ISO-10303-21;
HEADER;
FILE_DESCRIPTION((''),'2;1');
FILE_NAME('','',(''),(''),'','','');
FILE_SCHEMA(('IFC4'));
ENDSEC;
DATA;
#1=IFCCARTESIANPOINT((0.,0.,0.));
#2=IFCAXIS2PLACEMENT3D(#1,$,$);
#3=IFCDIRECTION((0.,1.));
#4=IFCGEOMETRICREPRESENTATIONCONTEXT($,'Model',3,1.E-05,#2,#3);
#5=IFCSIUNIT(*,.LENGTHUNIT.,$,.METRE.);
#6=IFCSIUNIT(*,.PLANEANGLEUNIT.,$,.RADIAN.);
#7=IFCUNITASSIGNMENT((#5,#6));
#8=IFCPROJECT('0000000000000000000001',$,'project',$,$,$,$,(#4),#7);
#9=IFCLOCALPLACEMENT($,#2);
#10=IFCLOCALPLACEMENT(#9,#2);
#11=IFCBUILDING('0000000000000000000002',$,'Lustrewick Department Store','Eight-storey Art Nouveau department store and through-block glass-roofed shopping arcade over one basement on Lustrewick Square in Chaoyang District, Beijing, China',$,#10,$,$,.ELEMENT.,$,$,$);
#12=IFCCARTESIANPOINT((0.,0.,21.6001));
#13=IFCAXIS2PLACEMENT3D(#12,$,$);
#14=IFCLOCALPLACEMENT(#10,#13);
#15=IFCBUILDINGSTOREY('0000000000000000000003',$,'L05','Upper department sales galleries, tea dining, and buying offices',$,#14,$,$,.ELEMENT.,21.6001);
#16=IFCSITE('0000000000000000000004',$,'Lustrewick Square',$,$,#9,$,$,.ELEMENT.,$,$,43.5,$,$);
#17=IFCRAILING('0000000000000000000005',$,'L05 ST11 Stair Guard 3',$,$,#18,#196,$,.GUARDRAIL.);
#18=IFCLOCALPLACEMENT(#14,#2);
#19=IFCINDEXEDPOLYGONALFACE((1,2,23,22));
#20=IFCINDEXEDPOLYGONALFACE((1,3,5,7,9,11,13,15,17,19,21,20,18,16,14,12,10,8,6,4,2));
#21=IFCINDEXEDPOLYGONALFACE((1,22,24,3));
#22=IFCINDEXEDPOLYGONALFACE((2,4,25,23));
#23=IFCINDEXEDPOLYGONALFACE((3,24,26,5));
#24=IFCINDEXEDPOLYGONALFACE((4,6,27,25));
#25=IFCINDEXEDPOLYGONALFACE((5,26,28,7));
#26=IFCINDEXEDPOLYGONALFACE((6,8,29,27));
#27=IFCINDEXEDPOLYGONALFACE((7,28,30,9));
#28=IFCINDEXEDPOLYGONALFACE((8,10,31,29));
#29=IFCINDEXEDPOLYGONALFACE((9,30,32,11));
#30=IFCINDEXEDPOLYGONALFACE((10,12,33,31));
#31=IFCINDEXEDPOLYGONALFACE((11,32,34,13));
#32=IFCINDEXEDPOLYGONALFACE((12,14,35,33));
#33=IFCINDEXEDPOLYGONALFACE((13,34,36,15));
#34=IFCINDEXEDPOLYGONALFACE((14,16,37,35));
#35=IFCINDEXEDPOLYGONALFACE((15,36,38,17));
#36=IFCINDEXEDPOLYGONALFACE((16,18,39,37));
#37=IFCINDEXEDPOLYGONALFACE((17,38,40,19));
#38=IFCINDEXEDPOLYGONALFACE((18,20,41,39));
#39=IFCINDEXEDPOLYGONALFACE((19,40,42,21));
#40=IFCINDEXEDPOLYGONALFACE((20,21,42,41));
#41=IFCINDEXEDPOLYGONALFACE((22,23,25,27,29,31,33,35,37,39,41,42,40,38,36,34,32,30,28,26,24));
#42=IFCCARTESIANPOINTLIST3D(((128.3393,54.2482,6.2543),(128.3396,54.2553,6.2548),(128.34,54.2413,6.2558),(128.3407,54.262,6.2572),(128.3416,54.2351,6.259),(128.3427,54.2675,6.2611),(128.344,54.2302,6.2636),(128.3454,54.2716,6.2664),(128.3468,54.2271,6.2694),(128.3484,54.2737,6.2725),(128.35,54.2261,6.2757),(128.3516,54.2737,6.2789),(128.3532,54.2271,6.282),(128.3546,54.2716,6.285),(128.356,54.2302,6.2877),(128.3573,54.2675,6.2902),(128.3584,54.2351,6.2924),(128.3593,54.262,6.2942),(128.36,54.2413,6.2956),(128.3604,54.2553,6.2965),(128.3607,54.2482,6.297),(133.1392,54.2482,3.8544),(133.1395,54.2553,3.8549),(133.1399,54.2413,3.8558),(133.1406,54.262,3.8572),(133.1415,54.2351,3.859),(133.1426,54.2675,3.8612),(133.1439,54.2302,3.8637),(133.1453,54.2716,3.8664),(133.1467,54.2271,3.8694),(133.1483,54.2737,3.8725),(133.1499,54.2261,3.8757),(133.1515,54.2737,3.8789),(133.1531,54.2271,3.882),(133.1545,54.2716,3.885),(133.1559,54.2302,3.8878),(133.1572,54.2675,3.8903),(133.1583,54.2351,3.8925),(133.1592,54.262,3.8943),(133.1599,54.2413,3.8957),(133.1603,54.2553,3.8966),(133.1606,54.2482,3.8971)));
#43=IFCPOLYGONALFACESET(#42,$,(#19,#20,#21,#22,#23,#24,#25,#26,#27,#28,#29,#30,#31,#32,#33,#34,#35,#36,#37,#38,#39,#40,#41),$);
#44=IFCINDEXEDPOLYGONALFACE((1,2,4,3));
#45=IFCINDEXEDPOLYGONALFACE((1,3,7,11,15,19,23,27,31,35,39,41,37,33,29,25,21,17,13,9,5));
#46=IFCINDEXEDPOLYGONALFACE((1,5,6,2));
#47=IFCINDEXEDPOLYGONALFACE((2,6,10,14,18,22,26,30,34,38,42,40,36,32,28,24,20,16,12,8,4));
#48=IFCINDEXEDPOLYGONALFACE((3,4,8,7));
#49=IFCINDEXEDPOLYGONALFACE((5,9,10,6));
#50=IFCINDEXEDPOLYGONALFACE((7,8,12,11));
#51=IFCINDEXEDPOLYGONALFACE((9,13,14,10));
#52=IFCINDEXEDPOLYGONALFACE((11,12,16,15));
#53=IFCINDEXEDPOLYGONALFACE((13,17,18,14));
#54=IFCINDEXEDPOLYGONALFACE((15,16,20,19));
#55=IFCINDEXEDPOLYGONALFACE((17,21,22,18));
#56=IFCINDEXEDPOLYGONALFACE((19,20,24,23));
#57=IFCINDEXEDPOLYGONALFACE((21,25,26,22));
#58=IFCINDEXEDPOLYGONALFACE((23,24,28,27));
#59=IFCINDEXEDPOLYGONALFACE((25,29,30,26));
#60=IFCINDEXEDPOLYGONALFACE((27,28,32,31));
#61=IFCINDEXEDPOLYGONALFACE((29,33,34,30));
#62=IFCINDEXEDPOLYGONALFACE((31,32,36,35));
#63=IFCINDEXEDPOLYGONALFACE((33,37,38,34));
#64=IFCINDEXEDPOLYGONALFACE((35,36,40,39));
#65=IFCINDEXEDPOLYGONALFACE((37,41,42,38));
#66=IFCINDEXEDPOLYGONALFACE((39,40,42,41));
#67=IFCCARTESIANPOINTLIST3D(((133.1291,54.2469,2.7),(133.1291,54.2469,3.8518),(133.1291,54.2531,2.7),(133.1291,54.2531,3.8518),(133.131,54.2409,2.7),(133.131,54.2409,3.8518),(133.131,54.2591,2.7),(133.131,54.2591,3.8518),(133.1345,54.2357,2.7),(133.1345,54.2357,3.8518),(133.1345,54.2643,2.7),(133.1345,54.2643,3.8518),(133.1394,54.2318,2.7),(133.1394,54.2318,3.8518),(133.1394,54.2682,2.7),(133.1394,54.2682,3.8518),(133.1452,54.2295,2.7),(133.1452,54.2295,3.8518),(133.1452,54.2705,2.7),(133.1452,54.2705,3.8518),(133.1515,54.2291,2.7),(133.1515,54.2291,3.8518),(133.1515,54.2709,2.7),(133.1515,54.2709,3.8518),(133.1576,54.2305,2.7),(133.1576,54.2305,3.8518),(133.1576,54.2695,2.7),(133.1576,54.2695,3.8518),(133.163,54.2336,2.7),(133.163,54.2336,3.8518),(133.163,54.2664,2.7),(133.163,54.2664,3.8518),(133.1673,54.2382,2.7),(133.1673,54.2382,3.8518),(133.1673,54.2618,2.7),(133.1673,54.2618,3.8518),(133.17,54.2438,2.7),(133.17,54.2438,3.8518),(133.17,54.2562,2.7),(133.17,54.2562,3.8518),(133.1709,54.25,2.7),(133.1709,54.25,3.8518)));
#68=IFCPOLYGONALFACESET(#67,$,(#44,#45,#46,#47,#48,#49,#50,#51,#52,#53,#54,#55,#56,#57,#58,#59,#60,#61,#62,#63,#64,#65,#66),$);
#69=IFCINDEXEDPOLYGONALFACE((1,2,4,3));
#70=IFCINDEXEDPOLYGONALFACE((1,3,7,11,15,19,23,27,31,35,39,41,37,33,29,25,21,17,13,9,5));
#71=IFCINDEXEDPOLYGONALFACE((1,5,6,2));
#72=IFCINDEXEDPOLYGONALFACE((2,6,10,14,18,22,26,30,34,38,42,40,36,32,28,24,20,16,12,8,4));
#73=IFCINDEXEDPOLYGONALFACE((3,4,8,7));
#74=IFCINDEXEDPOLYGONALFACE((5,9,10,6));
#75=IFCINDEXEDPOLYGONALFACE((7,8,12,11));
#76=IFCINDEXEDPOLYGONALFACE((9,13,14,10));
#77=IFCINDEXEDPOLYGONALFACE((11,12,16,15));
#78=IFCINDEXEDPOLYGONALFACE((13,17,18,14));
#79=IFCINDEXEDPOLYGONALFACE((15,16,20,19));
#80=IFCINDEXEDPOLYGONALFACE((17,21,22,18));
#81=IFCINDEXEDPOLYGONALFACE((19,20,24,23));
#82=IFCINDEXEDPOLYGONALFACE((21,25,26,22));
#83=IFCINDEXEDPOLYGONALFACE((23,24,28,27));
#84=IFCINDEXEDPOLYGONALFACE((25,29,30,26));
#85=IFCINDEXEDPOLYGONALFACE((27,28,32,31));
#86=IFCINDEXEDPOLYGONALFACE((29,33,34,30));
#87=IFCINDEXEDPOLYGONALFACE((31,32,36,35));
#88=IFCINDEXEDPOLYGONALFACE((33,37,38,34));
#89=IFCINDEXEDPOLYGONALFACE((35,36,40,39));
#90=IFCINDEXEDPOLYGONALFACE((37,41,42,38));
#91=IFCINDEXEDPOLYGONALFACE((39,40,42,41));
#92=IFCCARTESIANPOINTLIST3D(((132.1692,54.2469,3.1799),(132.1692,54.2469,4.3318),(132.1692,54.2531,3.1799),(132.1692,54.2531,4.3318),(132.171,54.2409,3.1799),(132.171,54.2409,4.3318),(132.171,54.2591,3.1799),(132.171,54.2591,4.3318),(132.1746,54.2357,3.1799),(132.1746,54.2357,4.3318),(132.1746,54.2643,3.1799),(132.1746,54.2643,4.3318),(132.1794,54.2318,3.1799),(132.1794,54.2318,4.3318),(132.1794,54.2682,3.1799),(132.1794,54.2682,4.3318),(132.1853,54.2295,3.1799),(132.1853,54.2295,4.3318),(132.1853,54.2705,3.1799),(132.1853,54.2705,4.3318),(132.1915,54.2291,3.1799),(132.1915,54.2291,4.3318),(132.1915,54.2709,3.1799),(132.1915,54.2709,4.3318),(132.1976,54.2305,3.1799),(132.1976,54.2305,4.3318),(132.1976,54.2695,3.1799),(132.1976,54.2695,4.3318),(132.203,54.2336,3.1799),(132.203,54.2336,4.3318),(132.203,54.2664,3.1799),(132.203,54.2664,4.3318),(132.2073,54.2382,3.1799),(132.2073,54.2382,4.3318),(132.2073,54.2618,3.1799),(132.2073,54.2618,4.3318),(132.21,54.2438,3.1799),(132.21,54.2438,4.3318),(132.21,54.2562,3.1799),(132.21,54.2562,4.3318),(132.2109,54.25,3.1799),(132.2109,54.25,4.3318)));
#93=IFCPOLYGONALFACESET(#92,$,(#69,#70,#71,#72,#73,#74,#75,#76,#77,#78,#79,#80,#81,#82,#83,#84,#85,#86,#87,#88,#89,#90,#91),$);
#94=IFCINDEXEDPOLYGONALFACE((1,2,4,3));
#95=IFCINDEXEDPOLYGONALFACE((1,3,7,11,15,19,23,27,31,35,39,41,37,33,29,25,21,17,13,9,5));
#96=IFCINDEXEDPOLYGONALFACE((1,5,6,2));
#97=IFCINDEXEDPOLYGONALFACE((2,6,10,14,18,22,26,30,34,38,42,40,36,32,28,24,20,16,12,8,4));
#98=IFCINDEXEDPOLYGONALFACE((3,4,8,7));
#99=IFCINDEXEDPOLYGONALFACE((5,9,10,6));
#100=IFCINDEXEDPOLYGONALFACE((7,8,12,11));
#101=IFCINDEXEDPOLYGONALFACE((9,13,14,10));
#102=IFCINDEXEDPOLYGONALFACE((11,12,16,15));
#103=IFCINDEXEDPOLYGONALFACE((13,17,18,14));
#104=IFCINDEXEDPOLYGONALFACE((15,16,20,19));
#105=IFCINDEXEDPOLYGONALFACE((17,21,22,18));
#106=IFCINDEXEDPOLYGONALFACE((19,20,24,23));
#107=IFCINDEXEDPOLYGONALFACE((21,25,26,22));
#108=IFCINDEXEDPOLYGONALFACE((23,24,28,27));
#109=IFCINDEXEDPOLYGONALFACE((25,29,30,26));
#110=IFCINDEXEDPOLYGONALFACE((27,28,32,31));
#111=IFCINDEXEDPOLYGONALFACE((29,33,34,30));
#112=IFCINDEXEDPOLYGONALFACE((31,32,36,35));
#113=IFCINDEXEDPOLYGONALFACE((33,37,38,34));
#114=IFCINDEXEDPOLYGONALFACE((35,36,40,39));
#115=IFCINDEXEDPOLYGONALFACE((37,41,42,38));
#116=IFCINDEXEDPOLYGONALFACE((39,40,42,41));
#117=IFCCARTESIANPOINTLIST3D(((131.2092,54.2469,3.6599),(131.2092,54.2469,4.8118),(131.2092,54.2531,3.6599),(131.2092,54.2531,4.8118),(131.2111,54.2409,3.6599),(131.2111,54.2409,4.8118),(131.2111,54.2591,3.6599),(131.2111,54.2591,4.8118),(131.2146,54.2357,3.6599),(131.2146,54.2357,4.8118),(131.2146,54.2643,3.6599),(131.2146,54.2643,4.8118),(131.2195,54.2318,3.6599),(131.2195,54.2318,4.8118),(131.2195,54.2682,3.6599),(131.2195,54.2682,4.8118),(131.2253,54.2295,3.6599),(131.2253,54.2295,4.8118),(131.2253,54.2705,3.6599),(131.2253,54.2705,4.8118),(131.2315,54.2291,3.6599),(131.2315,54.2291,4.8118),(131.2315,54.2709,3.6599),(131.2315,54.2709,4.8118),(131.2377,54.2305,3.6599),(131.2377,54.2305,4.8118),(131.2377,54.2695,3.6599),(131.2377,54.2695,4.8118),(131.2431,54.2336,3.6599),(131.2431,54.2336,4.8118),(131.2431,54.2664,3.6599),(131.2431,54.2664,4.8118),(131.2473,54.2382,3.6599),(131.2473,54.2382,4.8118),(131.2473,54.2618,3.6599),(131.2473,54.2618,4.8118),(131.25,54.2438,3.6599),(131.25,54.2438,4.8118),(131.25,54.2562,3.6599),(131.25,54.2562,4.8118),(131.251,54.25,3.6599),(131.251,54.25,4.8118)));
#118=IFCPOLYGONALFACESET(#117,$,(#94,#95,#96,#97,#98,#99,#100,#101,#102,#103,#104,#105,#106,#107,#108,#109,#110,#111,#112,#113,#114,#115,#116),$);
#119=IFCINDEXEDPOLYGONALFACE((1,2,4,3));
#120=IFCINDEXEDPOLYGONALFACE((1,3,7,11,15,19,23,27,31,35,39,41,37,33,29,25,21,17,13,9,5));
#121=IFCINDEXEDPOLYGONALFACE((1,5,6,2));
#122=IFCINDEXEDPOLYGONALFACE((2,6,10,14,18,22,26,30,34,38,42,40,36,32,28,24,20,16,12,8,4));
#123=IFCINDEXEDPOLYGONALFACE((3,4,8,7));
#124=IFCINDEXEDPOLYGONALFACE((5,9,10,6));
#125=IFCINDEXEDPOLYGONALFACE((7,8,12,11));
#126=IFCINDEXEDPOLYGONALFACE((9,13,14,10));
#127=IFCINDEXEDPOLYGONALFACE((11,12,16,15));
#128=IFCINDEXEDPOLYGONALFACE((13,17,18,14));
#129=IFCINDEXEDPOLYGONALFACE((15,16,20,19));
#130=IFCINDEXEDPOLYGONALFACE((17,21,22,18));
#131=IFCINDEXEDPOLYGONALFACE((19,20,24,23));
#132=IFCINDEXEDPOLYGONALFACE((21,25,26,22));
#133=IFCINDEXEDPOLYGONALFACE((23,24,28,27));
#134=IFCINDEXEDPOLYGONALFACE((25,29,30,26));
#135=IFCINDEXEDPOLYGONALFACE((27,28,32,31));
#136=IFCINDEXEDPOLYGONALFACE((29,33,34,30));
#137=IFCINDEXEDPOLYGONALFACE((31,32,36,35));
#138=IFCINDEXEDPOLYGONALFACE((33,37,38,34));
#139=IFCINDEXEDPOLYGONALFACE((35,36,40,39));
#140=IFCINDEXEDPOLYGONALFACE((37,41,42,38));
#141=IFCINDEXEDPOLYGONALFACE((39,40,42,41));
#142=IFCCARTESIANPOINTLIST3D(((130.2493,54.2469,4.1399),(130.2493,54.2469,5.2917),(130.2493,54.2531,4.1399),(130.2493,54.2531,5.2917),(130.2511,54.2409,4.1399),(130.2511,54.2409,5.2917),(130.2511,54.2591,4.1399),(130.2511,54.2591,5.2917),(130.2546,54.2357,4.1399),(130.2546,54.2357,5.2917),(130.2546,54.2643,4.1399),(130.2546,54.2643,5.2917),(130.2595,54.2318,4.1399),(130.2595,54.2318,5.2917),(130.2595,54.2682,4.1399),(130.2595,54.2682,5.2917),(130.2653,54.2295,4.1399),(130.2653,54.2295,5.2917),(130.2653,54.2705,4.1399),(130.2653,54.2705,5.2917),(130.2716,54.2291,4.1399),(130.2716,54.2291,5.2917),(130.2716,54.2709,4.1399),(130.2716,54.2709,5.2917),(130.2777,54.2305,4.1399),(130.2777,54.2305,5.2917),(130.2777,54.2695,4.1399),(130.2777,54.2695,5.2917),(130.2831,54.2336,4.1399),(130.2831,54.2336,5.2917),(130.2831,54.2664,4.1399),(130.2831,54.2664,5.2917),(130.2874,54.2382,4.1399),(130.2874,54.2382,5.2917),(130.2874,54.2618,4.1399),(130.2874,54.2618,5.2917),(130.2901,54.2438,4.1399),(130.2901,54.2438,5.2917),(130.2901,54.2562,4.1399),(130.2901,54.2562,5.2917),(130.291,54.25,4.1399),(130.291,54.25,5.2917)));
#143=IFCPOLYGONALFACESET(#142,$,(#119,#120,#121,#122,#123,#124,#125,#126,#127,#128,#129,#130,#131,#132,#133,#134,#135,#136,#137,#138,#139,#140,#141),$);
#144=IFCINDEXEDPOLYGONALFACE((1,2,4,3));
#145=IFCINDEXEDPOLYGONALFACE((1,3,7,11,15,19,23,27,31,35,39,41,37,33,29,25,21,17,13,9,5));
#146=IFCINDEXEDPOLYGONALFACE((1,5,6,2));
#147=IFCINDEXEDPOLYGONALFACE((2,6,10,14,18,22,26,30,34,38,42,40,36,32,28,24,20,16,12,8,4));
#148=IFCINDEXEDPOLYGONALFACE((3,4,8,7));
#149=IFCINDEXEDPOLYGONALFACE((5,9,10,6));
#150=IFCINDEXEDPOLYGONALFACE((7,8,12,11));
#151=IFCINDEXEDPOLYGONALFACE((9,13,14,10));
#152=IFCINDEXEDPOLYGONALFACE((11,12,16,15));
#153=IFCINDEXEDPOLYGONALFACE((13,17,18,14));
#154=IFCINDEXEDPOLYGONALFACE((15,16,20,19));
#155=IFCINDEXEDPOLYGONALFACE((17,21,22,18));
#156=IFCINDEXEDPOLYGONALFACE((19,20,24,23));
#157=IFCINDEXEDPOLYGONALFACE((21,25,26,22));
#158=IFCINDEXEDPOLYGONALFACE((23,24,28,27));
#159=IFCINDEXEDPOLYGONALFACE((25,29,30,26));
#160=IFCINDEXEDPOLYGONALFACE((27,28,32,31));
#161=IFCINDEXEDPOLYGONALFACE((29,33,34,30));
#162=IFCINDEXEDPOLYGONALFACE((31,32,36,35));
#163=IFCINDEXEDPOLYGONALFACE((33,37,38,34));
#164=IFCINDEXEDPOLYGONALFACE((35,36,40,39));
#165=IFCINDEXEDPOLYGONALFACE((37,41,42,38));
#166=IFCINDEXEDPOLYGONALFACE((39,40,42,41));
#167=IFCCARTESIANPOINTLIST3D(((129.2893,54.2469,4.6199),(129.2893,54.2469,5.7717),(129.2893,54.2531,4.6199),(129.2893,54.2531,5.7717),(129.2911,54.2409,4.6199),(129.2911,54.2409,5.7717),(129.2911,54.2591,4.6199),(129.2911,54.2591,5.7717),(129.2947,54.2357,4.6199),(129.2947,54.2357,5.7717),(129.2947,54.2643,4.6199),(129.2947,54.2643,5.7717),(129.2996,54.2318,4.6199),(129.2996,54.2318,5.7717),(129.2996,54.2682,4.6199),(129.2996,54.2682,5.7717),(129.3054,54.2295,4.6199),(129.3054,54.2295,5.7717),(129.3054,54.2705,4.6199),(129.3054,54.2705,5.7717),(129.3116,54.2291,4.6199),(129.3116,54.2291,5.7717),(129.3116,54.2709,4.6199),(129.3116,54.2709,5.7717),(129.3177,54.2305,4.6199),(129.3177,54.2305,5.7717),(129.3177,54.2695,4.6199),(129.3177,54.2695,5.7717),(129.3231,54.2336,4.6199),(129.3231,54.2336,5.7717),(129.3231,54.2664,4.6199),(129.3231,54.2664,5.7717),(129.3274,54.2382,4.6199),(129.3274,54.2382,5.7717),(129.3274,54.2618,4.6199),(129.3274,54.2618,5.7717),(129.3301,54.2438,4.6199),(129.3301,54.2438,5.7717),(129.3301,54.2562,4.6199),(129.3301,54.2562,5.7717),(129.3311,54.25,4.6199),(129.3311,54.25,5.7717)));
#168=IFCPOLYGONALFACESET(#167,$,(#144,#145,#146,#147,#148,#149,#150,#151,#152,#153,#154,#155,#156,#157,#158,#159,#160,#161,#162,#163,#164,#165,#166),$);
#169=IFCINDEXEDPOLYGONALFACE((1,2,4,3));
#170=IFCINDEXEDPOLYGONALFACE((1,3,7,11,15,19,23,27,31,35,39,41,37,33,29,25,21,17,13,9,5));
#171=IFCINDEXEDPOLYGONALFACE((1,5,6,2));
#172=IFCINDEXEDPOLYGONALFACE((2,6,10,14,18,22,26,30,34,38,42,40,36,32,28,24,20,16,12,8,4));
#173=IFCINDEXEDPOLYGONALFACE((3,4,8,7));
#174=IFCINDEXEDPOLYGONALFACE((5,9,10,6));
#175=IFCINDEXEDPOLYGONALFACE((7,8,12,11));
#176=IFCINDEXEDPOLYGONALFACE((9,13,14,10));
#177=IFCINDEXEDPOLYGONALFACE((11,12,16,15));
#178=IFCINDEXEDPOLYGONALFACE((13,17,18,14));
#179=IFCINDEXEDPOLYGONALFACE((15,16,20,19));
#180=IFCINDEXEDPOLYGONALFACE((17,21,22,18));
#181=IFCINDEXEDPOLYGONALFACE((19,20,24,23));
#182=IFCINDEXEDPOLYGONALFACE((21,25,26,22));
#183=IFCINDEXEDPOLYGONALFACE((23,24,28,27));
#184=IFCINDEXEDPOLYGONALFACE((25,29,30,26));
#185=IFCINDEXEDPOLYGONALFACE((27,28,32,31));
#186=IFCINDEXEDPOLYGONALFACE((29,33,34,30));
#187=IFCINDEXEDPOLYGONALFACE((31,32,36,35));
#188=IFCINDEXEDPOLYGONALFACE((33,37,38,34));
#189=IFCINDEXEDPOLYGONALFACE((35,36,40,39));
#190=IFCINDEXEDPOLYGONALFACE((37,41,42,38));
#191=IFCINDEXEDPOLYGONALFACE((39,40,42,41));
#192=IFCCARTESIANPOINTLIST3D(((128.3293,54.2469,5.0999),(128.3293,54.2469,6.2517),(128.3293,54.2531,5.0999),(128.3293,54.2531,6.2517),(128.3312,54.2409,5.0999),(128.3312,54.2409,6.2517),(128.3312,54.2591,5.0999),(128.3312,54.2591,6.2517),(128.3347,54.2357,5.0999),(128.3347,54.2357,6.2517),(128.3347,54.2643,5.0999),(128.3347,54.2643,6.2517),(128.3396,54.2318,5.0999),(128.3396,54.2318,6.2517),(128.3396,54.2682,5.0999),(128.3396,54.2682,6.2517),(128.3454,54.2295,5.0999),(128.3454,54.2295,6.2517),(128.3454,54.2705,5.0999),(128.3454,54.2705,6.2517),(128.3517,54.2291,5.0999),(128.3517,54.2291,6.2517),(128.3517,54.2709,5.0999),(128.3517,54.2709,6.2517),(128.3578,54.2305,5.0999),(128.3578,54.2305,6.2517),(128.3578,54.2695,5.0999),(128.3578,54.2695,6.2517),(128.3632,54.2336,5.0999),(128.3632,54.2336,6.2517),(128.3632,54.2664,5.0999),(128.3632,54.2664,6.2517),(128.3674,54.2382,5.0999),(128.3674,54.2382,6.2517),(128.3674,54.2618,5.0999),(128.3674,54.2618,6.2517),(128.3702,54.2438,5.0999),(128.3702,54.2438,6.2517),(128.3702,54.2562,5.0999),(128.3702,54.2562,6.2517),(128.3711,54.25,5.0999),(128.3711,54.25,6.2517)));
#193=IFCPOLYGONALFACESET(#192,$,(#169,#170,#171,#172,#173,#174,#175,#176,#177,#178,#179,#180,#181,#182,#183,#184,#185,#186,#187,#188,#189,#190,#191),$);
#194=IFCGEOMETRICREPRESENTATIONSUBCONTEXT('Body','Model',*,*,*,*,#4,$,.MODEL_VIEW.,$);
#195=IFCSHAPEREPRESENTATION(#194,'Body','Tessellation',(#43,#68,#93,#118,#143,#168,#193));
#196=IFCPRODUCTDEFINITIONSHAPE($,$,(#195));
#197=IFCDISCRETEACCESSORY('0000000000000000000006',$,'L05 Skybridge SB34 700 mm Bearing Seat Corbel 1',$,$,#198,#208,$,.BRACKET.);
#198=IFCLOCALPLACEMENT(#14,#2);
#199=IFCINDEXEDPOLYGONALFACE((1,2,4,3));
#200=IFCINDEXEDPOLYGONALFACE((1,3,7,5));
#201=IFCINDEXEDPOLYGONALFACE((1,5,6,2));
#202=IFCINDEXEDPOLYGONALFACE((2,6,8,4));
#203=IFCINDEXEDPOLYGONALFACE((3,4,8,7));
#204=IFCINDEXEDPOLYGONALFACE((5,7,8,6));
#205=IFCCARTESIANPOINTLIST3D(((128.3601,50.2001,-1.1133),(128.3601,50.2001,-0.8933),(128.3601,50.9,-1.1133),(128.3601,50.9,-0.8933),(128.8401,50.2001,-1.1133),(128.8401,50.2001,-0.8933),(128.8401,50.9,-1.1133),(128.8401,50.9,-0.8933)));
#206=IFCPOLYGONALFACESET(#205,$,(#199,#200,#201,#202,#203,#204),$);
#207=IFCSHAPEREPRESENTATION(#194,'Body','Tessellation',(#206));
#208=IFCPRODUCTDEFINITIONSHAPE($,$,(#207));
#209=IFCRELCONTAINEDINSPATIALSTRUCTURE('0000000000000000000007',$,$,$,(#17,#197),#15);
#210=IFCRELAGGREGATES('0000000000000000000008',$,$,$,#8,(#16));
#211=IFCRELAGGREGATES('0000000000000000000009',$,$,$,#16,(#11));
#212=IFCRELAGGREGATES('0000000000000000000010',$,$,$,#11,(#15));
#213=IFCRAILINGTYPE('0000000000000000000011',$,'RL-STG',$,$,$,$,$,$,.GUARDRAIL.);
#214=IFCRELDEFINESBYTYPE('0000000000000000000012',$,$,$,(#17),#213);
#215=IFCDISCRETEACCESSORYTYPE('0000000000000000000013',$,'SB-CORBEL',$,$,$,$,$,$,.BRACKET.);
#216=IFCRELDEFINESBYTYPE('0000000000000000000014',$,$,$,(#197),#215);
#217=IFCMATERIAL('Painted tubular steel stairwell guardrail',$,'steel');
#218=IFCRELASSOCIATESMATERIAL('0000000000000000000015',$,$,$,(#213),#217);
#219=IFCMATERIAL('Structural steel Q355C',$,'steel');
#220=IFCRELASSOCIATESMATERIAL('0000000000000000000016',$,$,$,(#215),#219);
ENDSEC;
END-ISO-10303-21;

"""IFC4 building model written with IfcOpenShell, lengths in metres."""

from ifc_helpers import new_model, si_unit, direction, frame, origin, origin_2d, place, context, subcontext, project, spatial, rectangle, circle, extrude, material, type_object, element, save


model = new_model("IFC4")

# Units and contexts
model_context = context("Model", 3, precision=1e-05, world=origin(), true_north=direction((0.0, 1.0)))
body_context = subcontext(model_context, "Body", "Model", "MODEL_VIEW")
ifc_project = project(units=[si_unit("LENGTHUNIT", "METRE"), si_unit("PLANEANGLEUNIT", "RADIAN")], contexts=[model_context])

# Site, building, storey
site_placement = place(None, origin())
site = spatial("IfcSite", under=ifc_project, at=site_placement, Name="Lustrewick Square", CompositionType="ELEMENT", RefElevation=43.5)
building_placement = place(site_placement, origin())
building = spatial("IfcBuilding", under=site, at=building_placement, Name="Lustrewick Department Store", Description="Eight-storey Art Nouveau department store and through-block glass-roofed shopping arcade over one basement on Lustrewick Square in Chaoyang District, Beijing, China", CompositionType="ELEMENT")
storey_placement = place(building_placement, frame((0.0, 0.0, 21.6001)))
storey = spatial("IfcBuildingStorey", under=building, at=storey_placement, Name="L05", Description="Upper department sales galleries, tea dining, and buying offices", CompositionType="ELEMENT", Elevation=21.6001)

# Railing
ifc_material_1 = material(Name="Painted tubular steel stairwell guardrail", Category="steel")
railing_type_1 = type_object("IfcRailingType", Name="RL-STG", PredefinedType="GUARDRAIL", material=ifc_material_1)
railing_1_placement = place(storey_placement, frame((133.1499, 54.25, 2.7)))
element("IfcRailing", 1, at=railing_1_placement, inside=storey, type_object=railing_type_1, Name="L05 ST11 Stair Guard 3", PredefinedType="GUARDRAIL", context=body_context, shape_type="SweptSolid", body=[
    extrude(circle(Radius=0.0239, at=origin_2d()), frame((0.0, 0.0, 1.1758), z_axis=(-0.894427, 0.0, 0.447214), x_axis=(0.0, -1.0, 0.0)), (0.0, 0.0, 1.0), 5.3665),
    extrude(circle(Radius=0.021, at=origin_2d()), origin(), (0.0, 0.0, 1.0), 1.1519),
    extrude(circle(Radius=0.021, at=origin_2d()), frame((-0.96, 0.0, 0.48)), (0.0, 0.0, 1.0), 1.1519),
    extrude(circle(Radius=0.021, at=origin_2d()), frame((-1.9199, 0.0, 0.96)), (0.0, 0.0, 1.0), 1.1519),
    extrude(circle(Radius=0.021, at=origin_2d()), frame((-2.8799, 0.0, 1.4399)), (0.0, 0.0, 1.0), 1.1519),
    extrude(circle(Radius=0.021, at=origin_2d()), frame((-3.8398, 0.0, 1.9199)), (0.0, 0.0, 1.0), 1.1519),
    extrude(circle(Radius=0.021, at=origin_2d()), frame((-4.7998, 0.0, 2.3999)), (0.0, 0.0, 1.0), 1.1519),
])

# Discrete accessory
ifc_material_2 = material(Name="Structural steel Q355C", Category="steel")
discrete_accessory_type_1 = type_object("IfcDiscreteAccessoryType", Name="SB-CORBEL", PredefinedType="BRACKET", material=ifc_material_2)
for number, where, z_axis, x_axis, name in (
    (2, (128.6001, 50.55, -1.1133), (0.0, 0.0, 1.0), (1.0, 0.0, 0.0), "L05 Skybridge SB34 700 mm Bearing Seat Corbel 1"),
):
    element("IfcDiscreteAccessory", number, at=place(storey_placement, frame(where, z_axis=z_axis, x_axis=x_axis)), inside=storey, type_object=discrete_accessory_type_1, Name=name, PredefinedType="BRACKET", context=body_context, shape_type="SweptSolid", body=[
        extrude(rectangle(XDim=0.48, YDim=0.7, at=origin_2d()), origin(), (0.0, 0.0, 1.0), 0.22),
    ])

save(model, "model.ifc")
